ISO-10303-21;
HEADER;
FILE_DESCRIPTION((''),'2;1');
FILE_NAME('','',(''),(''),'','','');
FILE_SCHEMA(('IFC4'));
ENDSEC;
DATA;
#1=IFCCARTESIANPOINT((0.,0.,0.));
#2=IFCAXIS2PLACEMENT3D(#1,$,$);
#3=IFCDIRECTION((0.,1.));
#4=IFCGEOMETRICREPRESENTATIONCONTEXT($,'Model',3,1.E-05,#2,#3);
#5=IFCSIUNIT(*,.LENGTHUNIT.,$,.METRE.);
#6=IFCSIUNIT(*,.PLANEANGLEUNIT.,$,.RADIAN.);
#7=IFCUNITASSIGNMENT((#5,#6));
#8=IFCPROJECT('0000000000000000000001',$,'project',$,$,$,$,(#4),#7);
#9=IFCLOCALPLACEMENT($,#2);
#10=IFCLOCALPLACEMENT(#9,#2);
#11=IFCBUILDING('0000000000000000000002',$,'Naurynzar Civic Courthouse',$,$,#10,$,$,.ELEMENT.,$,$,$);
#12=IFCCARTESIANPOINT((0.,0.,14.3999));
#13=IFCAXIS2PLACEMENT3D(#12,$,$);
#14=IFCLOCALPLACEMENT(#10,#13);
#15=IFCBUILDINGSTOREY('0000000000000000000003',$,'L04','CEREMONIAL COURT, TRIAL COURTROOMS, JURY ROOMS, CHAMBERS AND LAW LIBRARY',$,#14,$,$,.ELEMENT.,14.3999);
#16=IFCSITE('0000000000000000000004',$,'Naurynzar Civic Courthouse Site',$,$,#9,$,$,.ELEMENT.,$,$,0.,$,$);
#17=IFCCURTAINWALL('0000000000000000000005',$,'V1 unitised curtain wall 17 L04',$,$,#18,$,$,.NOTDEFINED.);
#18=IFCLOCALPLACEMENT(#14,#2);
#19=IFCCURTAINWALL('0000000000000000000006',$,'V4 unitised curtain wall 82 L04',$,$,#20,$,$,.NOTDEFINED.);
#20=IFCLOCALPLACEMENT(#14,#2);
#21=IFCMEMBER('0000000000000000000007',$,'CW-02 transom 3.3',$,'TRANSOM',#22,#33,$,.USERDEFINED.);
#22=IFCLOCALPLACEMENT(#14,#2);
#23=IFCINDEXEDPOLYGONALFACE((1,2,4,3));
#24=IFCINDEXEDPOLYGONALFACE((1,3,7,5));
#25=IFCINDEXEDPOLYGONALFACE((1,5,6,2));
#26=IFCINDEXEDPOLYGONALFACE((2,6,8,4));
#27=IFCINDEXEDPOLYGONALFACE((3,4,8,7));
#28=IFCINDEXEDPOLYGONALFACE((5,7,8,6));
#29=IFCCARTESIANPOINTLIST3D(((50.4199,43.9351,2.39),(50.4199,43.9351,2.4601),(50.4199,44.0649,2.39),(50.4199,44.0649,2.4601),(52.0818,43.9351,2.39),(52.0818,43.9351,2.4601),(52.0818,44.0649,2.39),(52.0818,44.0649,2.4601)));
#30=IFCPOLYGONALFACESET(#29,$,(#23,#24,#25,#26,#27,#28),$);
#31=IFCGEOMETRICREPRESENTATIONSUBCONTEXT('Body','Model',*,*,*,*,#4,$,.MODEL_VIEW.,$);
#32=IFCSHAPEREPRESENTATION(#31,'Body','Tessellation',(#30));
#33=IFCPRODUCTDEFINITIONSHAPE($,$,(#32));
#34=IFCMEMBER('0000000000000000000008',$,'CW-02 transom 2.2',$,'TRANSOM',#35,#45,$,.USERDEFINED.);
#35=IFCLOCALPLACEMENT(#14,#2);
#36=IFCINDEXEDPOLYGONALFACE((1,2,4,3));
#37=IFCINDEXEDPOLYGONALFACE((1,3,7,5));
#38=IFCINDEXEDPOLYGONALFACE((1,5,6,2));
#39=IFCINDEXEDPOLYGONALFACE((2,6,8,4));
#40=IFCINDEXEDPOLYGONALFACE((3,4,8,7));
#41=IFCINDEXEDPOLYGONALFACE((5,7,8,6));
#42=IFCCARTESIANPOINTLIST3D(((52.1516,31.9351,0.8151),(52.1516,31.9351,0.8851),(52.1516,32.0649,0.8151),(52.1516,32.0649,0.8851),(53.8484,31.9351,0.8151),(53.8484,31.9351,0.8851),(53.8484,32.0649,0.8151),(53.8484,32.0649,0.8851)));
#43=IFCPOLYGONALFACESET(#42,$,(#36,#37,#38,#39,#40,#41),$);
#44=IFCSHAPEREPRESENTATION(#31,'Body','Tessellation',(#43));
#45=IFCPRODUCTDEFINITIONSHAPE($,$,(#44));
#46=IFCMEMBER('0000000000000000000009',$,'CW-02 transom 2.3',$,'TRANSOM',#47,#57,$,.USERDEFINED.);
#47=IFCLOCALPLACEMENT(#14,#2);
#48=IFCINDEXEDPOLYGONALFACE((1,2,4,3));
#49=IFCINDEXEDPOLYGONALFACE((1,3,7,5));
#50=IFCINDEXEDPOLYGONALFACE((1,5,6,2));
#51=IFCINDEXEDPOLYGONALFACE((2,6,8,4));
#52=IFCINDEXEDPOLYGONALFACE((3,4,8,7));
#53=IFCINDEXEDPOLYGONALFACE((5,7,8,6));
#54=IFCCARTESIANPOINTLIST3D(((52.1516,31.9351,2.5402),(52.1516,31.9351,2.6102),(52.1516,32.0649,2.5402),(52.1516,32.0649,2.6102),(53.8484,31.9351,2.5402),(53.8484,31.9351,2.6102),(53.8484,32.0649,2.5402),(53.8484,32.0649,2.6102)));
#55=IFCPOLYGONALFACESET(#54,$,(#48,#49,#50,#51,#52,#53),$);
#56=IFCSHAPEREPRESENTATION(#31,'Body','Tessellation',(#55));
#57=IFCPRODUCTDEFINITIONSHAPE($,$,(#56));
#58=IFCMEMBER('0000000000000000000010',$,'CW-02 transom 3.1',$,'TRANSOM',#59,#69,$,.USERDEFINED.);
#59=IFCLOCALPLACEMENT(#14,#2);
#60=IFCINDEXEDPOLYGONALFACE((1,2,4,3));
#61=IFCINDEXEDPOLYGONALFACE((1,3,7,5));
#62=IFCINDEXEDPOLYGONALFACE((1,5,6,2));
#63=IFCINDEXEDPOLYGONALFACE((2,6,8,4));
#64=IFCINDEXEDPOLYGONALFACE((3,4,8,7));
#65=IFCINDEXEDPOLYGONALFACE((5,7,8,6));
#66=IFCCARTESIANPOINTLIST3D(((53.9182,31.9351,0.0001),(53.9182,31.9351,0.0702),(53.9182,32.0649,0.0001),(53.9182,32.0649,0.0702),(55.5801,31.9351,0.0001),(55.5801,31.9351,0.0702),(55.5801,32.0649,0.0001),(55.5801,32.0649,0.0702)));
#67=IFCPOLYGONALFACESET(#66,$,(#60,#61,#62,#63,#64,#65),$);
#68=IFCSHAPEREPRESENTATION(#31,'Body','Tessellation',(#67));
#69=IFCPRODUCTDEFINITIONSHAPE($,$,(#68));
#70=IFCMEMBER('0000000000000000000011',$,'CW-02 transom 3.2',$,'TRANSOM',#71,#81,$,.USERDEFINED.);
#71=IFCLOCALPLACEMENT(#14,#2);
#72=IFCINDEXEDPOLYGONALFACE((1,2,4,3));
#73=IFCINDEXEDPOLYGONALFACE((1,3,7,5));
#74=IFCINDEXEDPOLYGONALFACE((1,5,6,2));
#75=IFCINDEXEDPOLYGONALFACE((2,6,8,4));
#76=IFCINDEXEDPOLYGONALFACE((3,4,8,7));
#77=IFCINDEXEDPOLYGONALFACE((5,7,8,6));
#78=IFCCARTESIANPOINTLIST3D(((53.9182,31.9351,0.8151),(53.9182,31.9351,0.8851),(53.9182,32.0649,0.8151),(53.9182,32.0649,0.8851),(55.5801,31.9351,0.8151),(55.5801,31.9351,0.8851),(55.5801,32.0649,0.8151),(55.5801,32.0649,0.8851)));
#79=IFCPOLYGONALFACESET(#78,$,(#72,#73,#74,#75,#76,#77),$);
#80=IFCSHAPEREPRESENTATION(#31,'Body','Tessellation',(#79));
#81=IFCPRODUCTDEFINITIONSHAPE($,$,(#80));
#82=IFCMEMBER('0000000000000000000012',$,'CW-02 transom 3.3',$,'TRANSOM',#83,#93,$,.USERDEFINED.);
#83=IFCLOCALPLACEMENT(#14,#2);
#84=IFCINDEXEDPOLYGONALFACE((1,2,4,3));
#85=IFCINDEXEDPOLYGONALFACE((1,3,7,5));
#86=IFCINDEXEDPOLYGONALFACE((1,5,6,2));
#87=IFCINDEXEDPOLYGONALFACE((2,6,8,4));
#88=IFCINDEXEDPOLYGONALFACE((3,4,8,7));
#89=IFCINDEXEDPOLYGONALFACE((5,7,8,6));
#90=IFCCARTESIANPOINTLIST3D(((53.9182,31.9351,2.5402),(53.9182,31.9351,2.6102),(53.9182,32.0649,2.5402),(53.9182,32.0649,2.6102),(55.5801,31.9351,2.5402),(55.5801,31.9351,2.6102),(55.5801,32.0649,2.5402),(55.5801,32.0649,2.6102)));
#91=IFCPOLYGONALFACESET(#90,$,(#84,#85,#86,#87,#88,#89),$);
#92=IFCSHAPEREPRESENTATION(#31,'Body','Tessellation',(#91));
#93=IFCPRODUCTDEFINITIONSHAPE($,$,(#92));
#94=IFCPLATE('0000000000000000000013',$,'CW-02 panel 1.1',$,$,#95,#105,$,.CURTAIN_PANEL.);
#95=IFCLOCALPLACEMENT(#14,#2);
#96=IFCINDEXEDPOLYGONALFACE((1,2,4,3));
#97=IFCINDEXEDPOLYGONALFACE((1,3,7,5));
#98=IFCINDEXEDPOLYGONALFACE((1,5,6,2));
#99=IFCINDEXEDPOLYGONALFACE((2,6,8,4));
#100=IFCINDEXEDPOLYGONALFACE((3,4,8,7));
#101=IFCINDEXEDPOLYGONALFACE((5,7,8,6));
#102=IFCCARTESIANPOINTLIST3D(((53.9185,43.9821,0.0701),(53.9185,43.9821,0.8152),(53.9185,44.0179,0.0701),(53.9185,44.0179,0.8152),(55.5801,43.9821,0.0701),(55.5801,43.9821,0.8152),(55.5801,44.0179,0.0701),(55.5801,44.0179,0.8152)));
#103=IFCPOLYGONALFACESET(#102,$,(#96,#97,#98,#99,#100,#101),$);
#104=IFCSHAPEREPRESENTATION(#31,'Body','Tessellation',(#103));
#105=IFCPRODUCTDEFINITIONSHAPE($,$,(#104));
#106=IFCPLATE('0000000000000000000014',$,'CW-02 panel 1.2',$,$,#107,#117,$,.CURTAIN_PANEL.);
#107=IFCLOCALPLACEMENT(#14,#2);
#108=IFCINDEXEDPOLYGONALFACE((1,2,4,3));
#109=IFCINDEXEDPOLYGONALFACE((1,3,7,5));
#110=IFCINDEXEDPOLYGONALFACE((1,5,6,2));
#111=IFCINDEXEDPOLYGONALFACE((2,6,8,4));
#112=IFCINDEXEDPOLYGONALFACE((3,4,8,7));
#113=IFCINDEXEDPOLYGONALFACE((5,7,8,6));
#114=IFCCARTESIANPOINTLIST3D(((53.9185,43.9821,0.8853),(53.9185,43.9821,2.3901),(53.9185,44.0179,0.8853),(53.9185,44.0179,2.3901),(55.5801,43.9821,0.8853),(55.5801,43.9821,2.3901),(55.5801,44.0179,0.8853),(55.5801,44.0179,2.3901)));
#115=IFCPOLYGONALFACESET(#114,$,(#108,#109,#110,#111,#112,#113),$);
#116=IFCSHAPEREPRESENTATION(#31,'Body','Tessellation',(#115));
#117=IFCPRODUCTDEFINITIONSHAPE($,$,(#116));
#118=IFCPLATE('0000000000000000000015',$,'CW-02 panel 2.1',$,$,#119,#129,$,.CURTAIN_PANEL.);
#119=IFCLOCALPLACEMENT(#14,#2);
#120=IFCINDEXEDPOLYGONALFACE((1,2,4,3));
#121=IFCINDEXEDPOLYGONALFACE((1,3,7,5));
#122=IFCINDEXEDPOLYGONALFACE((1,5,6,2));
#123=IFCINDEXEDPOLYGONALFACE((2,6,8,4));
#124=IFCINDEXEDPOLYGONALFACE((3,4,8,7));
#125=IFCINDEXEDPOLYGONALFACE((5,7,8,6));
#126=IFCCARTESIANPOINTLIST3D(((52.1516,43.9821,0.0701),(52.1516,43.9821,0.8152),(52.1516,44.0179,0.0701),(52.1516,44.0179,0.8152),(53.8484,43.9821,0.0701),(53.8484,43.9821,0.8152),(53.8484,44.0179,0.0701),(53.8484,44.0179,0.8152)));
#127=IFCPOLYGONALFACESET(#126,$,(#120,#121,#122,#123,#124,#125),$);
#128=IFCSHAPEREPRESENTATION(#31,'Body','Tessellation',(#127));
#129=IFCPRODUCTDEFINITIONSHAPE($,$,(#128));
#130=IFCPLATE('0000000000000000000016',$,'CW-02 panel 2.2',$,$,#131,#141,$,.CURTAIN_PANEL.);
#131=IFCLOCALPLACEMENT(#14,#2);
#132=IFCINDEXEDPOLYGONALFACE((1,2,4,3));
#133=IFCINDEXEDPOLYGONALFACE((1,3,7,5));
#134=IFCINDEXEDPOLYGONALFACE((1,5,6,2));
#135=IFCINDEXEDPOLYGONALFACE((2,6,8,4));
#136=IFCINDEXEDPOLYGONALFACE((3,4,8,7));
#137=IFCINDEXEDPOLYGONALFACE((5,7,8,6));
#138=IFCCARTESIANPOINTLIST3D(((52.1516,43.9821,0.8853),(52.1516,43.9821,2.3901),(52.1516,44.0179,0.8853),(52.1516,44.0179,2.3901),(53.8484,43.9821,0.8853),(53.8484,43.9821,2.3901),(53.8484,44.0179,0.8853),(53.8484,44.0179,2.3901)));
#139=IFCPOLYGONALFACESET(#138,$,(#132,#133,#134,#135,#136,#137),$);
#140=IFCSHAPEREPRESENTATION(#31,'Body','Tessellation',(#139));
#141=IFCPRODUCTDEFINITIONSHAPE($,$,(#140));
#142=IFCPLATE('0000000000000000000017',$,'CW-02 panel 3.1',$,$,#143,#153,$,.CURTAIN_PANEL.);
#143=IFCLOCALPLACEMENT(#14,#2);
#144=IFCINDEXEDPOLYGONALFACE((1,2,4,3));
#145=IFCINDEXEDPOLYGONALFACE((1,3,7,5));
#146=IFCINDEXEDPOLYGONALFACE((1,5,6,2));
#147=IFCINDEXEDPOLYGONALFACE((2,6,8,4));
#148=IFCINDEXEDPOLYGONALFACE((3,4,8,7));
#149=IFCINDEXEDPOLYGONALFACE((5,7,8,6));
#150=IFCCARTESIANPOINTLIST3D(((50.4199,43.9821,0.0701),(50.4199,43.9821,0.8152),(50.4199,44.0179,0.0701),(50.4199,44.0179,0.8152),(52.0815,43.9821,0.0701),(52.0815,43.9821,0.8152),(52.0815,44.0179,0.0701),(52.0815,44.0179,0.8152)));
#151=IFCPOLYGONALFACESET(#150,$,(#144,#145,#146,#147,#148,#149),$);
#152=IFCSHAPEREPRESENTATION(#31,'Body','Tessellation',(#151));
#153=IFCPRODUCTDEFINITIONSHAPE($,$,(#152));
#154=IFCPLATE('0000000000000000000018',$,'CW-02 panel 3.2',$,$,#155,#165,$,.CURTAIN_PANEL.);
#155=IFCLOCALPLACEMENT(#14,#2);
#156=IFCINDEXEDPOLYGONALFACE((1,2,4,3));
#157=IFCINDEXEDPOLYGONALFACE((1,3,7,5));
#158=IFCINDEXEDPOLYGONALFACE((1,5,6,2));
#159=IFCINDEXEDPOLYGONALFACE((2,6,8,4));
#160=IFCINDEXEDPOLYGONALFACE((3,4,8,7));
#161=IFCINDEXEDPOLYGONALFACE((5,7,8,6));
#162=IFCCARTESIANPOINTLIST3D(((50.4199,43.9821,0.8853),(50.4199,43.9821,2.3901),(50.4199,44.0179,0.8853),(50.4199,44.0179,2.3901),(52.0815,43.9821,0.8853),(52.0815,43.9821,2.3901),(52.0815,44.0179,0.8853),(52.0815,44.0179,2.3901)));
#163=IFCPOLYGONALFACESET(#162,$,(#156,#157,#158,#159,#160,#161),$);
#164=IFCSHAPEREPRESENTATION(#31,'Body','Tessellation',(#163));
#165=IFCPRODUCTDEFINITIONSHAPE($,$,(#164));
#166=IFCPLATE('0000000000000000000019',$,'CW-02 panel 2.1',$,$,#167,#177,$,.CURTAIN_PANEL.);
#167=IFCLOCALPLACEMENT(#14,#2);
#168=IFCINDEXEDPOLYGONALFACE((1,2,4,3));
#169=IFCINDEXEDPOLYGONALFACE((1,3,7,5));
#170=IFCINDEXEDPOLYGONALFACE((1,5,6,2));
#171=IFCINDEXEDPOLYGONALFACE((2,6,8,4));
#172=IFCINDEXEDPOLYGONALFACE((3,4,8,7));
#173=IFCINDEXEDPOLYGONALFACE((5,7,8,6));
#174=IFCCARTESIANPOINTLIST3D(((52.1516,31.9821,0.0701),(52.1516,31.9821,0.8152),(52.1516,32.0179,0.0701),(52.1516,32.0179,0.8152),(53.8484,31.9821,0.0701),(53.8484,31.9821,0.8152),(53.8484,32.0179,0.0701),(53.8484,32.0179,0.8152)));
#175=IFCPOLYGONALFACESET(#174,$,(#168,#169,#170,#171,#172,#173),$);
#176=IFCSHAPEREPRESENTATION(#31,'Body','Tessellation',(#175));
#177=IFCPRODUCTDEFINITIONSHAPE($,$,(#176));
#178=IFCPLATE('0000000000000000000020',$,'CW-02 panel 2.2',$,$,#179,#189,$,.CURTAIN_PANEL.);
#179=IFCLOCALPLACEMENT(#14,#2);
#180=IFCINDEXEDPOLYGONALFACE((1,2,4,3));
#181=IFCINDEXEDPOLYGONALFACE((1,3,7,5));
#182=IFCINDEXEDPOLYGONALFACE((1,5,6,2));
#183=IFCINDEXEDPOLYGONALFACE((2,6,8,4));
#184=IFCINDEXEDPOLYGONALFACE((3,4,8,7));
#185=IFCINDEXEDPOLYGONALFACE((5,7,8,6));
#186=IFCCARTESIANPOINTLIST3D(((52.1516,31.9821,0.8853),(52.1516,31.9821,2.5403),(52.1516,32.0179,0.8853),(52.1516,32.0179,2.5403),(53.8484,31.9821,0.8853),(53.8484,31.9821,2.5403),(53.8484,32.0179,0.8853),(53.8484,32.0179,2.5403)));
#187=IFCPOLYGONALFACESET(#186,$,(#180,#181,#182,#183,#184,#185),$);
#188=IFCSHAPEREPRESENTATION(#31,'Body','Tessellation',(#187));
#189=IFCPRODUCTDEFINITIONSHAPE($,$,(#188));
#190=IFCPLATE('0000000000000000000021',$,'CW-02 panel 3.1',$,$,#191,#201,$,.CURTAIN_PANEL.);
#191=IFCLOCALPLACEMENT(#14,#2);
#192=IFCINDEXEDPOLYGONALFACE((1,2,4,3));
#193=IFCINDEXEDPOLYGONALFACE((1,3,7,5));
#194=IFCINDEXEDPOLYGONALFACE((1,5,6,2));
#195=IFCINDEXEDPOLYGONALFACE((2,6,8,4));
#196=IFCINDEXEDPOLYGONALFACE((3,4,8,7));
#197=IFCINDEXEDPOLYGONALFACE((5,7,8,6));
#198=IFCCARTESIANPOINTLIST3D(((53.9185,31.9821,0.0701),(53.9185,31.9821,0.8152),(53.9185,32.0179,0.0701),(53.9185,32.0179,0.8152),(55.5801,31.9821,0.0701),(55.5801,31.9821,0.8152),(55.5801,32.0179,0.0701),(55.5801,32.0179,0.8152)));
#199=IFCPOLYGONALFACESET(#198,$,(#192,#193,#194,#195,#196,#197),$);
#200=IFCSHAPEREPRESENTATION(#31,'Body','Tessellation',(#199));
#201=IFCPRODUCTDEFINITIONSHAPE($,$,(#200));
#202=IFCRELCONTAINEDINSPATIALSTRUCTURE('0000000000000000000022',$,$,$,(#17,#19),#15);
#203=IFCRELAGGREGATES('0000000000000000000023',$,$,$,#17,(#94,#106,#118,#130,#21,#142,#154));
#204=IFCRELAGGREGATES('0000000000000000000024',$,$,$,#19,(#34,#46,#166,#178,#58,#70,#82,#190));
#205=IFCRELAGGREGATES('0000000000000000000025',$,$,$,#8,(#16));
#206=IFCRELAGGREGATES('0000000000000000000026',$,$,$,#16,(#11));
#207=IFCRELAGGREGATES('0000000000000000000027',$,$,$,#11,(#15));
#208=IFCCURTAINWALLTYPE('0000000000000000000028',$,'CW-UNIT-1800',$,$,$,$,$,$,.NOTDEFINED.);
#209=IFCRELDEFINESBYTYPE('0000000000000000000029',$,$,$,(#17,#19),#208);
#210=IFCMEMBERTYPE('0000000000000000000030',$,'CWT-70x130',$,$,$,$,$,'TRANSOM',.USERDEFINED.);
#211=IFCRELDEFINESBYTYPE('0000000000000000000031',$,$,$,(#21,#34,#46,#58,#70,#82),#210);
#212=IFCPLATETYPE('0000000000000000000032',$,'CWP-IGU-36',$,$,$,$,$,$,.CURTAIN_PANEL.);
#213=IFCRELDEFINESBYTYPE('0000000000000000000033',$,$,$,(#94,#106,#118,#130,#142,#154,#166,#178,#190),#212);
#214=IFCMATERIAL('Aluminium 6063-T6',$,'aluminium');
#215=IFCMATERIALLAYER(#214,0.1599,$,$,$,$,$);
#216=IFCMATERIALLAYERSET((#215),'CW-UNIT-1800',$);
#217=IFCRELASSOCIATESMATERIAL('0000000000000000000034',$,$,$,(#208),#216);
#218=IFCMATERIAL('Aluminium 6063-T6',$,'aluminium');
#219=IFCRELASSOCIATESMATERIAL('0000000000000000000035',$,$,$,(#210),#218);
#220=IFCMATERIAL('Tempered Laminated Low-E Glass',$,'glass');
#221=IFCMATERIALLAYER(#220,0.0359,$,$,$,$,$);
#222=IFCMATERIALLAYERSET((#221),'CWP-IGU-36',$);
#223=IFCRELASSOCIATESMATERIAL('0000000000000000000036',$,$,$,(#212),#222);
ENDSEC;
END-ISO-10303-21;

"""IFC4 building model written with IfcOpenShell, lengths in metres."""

from ifc_helpers import new_model, si_unit, direction, frame, origin, origin_2d, place, context, subcontext, project, spatial, rectangle, extrude, material, layer, layer_set, material_profile, profile_set, type_object, element, aggregate, save


model = new_model("IFC4")

# Units and contexts
model_context = context("Model", 3, precision=1e-05, world=origin(), true_north=direction((0.0, 1.0)))
body_context = subcontext(model_context, "Body", "Model", "MODEL_VIEW")
ifc_project = project(units=[si_unit("LENGTHUNIT", "METRE"), si_unit("PLANEANGLEUNIT", "RADIAN")], contexts=[model_context])

# Site, building, storey
site_placement = place(None, origin())
site = spatial("IfcSite", under=ifc_project, at=site_placement, Name="Naurynzar Civic Courthouse Site", CompositionType="ELEMENT", RefElevation=0.0)
building_placement = place(site_placement, origin())
building = spatial("IfcBuilding", under=site, at=building_placement, Name="Naurynzar Civic Courthouse", CompositionType="ELEMENT")
storey_placement = place(building_placement, frame((0.0, 0.0, 14.3999)))
storey = spatial("IfcBuildingStorey", under=building, at=storey_placement, Name="L04", Description="CEREMONIAL COURT, TRIAL COURTROOMS, JURY ROOMS, CHAMBERS AND LAW LIBRARY", CompositionType="ELEMENT", Elevation=14.3999)

# Curtain walls
ifc_material_1 = material(Name="Aluminium 6063-T6", Category="aluminium")
ifc_layer_1 = layer(ifc_material_1, 0.1599)
ifc_layer_set_1 = layer_set([ifc_layer_1], Name="CW-UNIT-1800")
curtain_wall_type = type_object("IfcCurtainWallType", Name="CW-UNIT-1800", PredefinedType="NOTDEFINED", material=ifc_layer_set_1)
curtain_wall_1_placement = place(storey_placement, origin())
curtain_wall_1 = element("IfcCurtainWall", 1, at=curtain_wall_1_placement, inside=storey, type_object=curtain_wall_type, Name="V1 unitised curtain wall 17 L04", PredefinedType="NOTDEFINED")
curtain_wall_2_placement = place(storey_placement, origin())
curtain_wall_2 = element("IfcCurtainWall", 2, at=curtain_wall_2_placement, inside=storey, type_object=curtain_wall_type, Name="V4 unitised curtain wall 82 L04", PredefinedType="NOTDEFINED")

# Members
ifc_material_2 = material(Name="Aluminium 6063-T6", Category="aluminium")
ifc_material_profile_1 = material_profile(ifc_material_2, rectangle(XDim=0.1299, YDim=0.0701, at=origin_2d()), Name="ALU TRANSOM 70x130")
ifc_profile_set_1 = profile_set([ifc_material_profile_1], Name="Aluminium 6063-T6")
member_type_1 = type_object("IfcMemberType", Name="CWT-70x130", ElementType="TRANSOM", PredefinedType="USERDEFINED", material=ifc_profile_set_1)
member_1_placement = place(storey_placement, frame((52.0818, 44.0, 2.425), z_axis=(-1.0, 0.0, 0.0), x_axis=(0.0, -1.0, 0.0)))
member_1 = element("IfcMember", 3, at=member_1_placement, type_object=member_type_1, Name="CW-02 transom 3.3", ObjectType="TRANSOM", PredefinedType="USERDEFINED", context=body_context, shape_type="SweptSolid", body=[
    extrude(rectangle(XDim=0.1299, YDim=0.0701, at=origin_2d()), origin(), (0.0, 0.0, 1.0), 1.6619),
])
member_2_placement = place(storey_placement, frame((52.1516, 32.0, 0.8501), z_axis=(1.0, 0.0, 0.0), x_axis=(0.0, 1.0, 0.0)))
member_2 = element("IfcMember", 4, at=member_2_placement, type_object=member_type_1, Name="CW-02 transom 2.2", ObjectType="TRANSOM", PredefinedType="USERDEFINED", context=body_context, shape_type="SweptSolid", body=[
    extrude(rectangle(XDim=0.1299, YDim=0.0701, at=origin_2d()), origin(), (0.0, 0.0, 1.0), 1.6968),
])
member_3_placement = place(storey_placement, frame((52.1516, 32.0, 2.5752), z_axis=(1.0, 0.0, 0.0), x_axis=(0.0, 1.0, 0.0)))
member_3 = element("IfcMember", 5, at=member_3_placement, type_object=member_type_1, Name="CW-02 transom 2.3", ObjectType="TRANSOM", PredefinedType="USERDEFINED", context=body_context, shape_type="SweptSolid", body=[
    extrude(rectangle(XDim=0.1299, YDim=0.0701, at=origin_2d()), origin(), (0.0, 0.0, 1.0), 1.6968),
])
member_4_placement = place(storey_placement, frame((53.9182, 32.0, 0.0352), z_axis=(1.0, 0.0, 0.0), x_axis=(0.0, 1.0, 0.0)))
member_4 = element("IfcMember", 6, at=member_4_placement, type_object=member_type_1, Name="CW-02 transom 3.1", ObjectType="TRANSOM", PredefinedType="USERDEFINED", context=body_context, shape_type="SweptSolid", body=[
    extrude(rectangle(XDim=0.1299, YDim=0.0701, at=origin_2d()), origin(), (0.0, 0.0, 1.0), 1.6619),
])
member_5_placement = place(storey_placement, frame((53.9182, 32.0, 0.8501), z_axis=(1.0, 0.0, 0.0), x_axis=(0.0, 1.0, 0.0)))
member_5 = element("IfcMember", 7, at=member_5_placement, type_object=member_type_1, Name="CW-02 transom 3.2", ObjectType="TRANSOM", PredefinedType="USERDEFINED", context=body_context, shape_type="SweptSolid", body=[
    extrude(rectangle(XDim=0.1299, YDim=0.0701, at=origin_2d()), origin(), (0.0, 0.0, 1.0), 1.6619),
])
member_6_placement = place(storey_placement, frame((53.9182, 32.0, 2.5752), z_axis=(1.0, 0.0, 0.0), x_axis=(0.0, 1.0, 0.0)))
member_6 = element("IfcMember", 8, at=member_6_placement, type_object=member_type_1, Name="CW-02 transom 3.3", ObjectType="TRANSOM", PredefinedType="USERDEFINED", context=body_context, shape_type="SweptSolid", body=[
    extrude(rectangle(XDim=0.1299, YDim=0.0701, at=origin_2d()), origin(), (0.0, 0.0, 1.0), 1.6619),
])

# Plates
ifc_material_3 = material(Name="Tempered Laminated Low-E Glass", Category="glass")
ifc_layer_2 = layer(ifc_material_3, 0.0359)
ifc_layer_set_2 = layer_set([ifc_layer_2], Name="CWP-IGU-36")
plate_type = type_object("IfcPlateType", Name="CWP-IGU-36", PredefinedType="CURTAIN_PANEL", material=ifc_layer_set_2)
plate_1_placement = place(storey_placement, frame((54.7493, 44.0, 0.0701), z_axis=(0.0, 0.0, 1.0), x_axis=(-1.0, 0.0, 0.0)))
plate_1 = element("IfcPlate", 9, at=plate_1_placement, type_object=plate_type, Name="CW-02 panel 1.1", PredefinedType="CURTAIN_PANEL", context=body_context, shape_type="SweptSolid", body=[
    extrude(rectangle(XDim=1.6616, YDim=0.0359, at=origin_2d()), origin(), (0.0, 0.0, 1.0), 0.7451),
])
plate_2_placement = place(storey_placement, frame((54.7493, 44.0, 0.8853), z_axis=(0.0, 0.0, 1.0), x_axis=(-1.0, 0.0, 0.0)))
plate_2 = element("IfcPlate", 10, at=plate_2_placement, type_object=plate_type, Name="CW-02 panel 1.2", PredefinedType="CURTAIN_PANEL", context=body_context, shape_type="SweptSolid", body=[
    extrude(rectangle(XDim=1.6616, YDim=0.0359, at=origin_2d()), origin(), (0.0, 0.0, 1.0), 1.5049),
])
plate_3_placement = place(storey_placement, frame((53.0, 44.0, 0.0701), z_axis=(0.0, 0.0, 1.0), x_axis=(-1.0, 0.0, 0.0)))
plate_3 = element("IfcPlate", 11, at=plate_3_placement, type_object=plate_type, Name="CW-02 panel 2.1", PredefinedType="CURTAIN_PANEL", context=body_context, shape_type="SweptSolid", body=[
    extrude(rectangle(XDim=1.6968, YDim=0.0359, at=origin_2d()), origin(), (0.0, 0.0, 1.0), 0.7451),
])
plate_4_placement = place(storey_placement, frame((53.0, 44.0, 0.8853), z_axis=(0.0, 0.0, 1.0), x_axis=(-1.0, 0.0, 0.0)))
plate_4 = element("IfcPlate", 12, at=plate_4_placement, type_object=plate_type, Name="CW-02 panel 2.2", PredefinedType="CURTAIN_PANEL", context=body_context, shape_type="SweptSolid", body=[
    extrude(rectangle(XDim=1.6968, YDim=0.0359, at=origin_2d()), origin(), (0.0, 0.0, 1.0), 1.5049),
])
plate_5_placement = place(storey_placement, frame((51.2507, 44.0, 0.0701), z_axis=(0.0, 0.0, 1.0), x_axis=(-1.0, 0.0, 0.0)))
plate_5 = element("IfcPlate", 13, at=plate_5_placement, type_object=plate_type, Name="CW-02 panel 3.1", PredefinedType="CURTAIN_PANEL", context=body_context, shape_type="SweptSolid", body=[
    extrude(rectangle(XDim=1.6616, YDim=0.0359, at=origin_2d()), origin(), (0.0, 0.0, 1.0), 0.7451),
])
plate_6_placement = place(storey_placement, frame((51.2507, 44.0, 0.8853), z_axis=(0.0, 0.0, 1.0), x_axis=(-1.0, 0.0, 0.0)))
plate_6 = element("IfcPlate", 14, at=plate_6_placement, type_object=plate_type, Name="CW-02 panel 3.2", PredefinedType="CURTAIN_PANEL", context=body_context, shape_type="SweptSolid", body=[
    extrude(rectangle(XDim=1.6616, YDim=0.0359, at=origin_2d()), origin(), (0.0, 0.0, 1.0), 1.5049),
])
aggregate(curtain_wall_1, [plate_1, plate_2, plate_3, plate_4, member_1, plate_5, plate_6])
plate_7_placement = place(storey_placement, frame((53.0, 32.0, 0.0701), z_axis=(0.0, 0.0, 1.0), x_axis=(1.0, 0.0, 0.0)))
plate_7 = element("IfcPlate", 15, at=plate_7_placement, type_object=plate_type, Name="CW-02 panel 2.1", PredefinedType="CURTAIN_PANEL", context=body_context, shape_type="SweptSolid", body=[
    extrude(rectangle(XDim=1.6968, YDim=0.0359, at=origin_2d()), origin(), (0.0, 0.0, 1.0), 0.7451),
])
plate_8_placement = place(storey_placement, frame((53.0, 32.0, 0.8853), z_axis=(0.0, 0.0, 1.0), x_axis=(1.0, 0.0, 0.0)))
plate_8 = element("IfcPlate", 16, at=plate_8_placement, type_object=plate_type, Name="CW-02 panel 2.2", PredefinedType="CURTAIN_PANEL", context=body_context, shape_type="SweptSolid", body=[
    extrude(rectangle(XDim=1.6968, YDim=0.0359, at=origin_2d()), origin(), (0.0, 0.0, 1.0), 1.655),
])
plate_9_placement = place(storey_placement, frame((54.7493, 32.0, 0.0701), z_axis=(0.0, 0.0, 1.0), x_axis=(1.0, 0.0, 0.0)))
plate_9 = element("IfcPlate", 17, at=plate_9_placement, type_object=plate_type, Name="CW-02 panel 3.1", PredefinedType="CURTAIN_PANEL", context=body_context, shape_type="SweptSolid", body=[
    extrude(rectangle(XDim=1.6616, YDim=0.0359, at=origin_2d()), origin(), (0.0, 0.0, 1.0), 0.7451),
])
aggregate(curtain_wall_2, [member_2, member_3, plate_7, plate_8, member_4, member_5, member_6, plate_9])

save(model, "model.ifc")
